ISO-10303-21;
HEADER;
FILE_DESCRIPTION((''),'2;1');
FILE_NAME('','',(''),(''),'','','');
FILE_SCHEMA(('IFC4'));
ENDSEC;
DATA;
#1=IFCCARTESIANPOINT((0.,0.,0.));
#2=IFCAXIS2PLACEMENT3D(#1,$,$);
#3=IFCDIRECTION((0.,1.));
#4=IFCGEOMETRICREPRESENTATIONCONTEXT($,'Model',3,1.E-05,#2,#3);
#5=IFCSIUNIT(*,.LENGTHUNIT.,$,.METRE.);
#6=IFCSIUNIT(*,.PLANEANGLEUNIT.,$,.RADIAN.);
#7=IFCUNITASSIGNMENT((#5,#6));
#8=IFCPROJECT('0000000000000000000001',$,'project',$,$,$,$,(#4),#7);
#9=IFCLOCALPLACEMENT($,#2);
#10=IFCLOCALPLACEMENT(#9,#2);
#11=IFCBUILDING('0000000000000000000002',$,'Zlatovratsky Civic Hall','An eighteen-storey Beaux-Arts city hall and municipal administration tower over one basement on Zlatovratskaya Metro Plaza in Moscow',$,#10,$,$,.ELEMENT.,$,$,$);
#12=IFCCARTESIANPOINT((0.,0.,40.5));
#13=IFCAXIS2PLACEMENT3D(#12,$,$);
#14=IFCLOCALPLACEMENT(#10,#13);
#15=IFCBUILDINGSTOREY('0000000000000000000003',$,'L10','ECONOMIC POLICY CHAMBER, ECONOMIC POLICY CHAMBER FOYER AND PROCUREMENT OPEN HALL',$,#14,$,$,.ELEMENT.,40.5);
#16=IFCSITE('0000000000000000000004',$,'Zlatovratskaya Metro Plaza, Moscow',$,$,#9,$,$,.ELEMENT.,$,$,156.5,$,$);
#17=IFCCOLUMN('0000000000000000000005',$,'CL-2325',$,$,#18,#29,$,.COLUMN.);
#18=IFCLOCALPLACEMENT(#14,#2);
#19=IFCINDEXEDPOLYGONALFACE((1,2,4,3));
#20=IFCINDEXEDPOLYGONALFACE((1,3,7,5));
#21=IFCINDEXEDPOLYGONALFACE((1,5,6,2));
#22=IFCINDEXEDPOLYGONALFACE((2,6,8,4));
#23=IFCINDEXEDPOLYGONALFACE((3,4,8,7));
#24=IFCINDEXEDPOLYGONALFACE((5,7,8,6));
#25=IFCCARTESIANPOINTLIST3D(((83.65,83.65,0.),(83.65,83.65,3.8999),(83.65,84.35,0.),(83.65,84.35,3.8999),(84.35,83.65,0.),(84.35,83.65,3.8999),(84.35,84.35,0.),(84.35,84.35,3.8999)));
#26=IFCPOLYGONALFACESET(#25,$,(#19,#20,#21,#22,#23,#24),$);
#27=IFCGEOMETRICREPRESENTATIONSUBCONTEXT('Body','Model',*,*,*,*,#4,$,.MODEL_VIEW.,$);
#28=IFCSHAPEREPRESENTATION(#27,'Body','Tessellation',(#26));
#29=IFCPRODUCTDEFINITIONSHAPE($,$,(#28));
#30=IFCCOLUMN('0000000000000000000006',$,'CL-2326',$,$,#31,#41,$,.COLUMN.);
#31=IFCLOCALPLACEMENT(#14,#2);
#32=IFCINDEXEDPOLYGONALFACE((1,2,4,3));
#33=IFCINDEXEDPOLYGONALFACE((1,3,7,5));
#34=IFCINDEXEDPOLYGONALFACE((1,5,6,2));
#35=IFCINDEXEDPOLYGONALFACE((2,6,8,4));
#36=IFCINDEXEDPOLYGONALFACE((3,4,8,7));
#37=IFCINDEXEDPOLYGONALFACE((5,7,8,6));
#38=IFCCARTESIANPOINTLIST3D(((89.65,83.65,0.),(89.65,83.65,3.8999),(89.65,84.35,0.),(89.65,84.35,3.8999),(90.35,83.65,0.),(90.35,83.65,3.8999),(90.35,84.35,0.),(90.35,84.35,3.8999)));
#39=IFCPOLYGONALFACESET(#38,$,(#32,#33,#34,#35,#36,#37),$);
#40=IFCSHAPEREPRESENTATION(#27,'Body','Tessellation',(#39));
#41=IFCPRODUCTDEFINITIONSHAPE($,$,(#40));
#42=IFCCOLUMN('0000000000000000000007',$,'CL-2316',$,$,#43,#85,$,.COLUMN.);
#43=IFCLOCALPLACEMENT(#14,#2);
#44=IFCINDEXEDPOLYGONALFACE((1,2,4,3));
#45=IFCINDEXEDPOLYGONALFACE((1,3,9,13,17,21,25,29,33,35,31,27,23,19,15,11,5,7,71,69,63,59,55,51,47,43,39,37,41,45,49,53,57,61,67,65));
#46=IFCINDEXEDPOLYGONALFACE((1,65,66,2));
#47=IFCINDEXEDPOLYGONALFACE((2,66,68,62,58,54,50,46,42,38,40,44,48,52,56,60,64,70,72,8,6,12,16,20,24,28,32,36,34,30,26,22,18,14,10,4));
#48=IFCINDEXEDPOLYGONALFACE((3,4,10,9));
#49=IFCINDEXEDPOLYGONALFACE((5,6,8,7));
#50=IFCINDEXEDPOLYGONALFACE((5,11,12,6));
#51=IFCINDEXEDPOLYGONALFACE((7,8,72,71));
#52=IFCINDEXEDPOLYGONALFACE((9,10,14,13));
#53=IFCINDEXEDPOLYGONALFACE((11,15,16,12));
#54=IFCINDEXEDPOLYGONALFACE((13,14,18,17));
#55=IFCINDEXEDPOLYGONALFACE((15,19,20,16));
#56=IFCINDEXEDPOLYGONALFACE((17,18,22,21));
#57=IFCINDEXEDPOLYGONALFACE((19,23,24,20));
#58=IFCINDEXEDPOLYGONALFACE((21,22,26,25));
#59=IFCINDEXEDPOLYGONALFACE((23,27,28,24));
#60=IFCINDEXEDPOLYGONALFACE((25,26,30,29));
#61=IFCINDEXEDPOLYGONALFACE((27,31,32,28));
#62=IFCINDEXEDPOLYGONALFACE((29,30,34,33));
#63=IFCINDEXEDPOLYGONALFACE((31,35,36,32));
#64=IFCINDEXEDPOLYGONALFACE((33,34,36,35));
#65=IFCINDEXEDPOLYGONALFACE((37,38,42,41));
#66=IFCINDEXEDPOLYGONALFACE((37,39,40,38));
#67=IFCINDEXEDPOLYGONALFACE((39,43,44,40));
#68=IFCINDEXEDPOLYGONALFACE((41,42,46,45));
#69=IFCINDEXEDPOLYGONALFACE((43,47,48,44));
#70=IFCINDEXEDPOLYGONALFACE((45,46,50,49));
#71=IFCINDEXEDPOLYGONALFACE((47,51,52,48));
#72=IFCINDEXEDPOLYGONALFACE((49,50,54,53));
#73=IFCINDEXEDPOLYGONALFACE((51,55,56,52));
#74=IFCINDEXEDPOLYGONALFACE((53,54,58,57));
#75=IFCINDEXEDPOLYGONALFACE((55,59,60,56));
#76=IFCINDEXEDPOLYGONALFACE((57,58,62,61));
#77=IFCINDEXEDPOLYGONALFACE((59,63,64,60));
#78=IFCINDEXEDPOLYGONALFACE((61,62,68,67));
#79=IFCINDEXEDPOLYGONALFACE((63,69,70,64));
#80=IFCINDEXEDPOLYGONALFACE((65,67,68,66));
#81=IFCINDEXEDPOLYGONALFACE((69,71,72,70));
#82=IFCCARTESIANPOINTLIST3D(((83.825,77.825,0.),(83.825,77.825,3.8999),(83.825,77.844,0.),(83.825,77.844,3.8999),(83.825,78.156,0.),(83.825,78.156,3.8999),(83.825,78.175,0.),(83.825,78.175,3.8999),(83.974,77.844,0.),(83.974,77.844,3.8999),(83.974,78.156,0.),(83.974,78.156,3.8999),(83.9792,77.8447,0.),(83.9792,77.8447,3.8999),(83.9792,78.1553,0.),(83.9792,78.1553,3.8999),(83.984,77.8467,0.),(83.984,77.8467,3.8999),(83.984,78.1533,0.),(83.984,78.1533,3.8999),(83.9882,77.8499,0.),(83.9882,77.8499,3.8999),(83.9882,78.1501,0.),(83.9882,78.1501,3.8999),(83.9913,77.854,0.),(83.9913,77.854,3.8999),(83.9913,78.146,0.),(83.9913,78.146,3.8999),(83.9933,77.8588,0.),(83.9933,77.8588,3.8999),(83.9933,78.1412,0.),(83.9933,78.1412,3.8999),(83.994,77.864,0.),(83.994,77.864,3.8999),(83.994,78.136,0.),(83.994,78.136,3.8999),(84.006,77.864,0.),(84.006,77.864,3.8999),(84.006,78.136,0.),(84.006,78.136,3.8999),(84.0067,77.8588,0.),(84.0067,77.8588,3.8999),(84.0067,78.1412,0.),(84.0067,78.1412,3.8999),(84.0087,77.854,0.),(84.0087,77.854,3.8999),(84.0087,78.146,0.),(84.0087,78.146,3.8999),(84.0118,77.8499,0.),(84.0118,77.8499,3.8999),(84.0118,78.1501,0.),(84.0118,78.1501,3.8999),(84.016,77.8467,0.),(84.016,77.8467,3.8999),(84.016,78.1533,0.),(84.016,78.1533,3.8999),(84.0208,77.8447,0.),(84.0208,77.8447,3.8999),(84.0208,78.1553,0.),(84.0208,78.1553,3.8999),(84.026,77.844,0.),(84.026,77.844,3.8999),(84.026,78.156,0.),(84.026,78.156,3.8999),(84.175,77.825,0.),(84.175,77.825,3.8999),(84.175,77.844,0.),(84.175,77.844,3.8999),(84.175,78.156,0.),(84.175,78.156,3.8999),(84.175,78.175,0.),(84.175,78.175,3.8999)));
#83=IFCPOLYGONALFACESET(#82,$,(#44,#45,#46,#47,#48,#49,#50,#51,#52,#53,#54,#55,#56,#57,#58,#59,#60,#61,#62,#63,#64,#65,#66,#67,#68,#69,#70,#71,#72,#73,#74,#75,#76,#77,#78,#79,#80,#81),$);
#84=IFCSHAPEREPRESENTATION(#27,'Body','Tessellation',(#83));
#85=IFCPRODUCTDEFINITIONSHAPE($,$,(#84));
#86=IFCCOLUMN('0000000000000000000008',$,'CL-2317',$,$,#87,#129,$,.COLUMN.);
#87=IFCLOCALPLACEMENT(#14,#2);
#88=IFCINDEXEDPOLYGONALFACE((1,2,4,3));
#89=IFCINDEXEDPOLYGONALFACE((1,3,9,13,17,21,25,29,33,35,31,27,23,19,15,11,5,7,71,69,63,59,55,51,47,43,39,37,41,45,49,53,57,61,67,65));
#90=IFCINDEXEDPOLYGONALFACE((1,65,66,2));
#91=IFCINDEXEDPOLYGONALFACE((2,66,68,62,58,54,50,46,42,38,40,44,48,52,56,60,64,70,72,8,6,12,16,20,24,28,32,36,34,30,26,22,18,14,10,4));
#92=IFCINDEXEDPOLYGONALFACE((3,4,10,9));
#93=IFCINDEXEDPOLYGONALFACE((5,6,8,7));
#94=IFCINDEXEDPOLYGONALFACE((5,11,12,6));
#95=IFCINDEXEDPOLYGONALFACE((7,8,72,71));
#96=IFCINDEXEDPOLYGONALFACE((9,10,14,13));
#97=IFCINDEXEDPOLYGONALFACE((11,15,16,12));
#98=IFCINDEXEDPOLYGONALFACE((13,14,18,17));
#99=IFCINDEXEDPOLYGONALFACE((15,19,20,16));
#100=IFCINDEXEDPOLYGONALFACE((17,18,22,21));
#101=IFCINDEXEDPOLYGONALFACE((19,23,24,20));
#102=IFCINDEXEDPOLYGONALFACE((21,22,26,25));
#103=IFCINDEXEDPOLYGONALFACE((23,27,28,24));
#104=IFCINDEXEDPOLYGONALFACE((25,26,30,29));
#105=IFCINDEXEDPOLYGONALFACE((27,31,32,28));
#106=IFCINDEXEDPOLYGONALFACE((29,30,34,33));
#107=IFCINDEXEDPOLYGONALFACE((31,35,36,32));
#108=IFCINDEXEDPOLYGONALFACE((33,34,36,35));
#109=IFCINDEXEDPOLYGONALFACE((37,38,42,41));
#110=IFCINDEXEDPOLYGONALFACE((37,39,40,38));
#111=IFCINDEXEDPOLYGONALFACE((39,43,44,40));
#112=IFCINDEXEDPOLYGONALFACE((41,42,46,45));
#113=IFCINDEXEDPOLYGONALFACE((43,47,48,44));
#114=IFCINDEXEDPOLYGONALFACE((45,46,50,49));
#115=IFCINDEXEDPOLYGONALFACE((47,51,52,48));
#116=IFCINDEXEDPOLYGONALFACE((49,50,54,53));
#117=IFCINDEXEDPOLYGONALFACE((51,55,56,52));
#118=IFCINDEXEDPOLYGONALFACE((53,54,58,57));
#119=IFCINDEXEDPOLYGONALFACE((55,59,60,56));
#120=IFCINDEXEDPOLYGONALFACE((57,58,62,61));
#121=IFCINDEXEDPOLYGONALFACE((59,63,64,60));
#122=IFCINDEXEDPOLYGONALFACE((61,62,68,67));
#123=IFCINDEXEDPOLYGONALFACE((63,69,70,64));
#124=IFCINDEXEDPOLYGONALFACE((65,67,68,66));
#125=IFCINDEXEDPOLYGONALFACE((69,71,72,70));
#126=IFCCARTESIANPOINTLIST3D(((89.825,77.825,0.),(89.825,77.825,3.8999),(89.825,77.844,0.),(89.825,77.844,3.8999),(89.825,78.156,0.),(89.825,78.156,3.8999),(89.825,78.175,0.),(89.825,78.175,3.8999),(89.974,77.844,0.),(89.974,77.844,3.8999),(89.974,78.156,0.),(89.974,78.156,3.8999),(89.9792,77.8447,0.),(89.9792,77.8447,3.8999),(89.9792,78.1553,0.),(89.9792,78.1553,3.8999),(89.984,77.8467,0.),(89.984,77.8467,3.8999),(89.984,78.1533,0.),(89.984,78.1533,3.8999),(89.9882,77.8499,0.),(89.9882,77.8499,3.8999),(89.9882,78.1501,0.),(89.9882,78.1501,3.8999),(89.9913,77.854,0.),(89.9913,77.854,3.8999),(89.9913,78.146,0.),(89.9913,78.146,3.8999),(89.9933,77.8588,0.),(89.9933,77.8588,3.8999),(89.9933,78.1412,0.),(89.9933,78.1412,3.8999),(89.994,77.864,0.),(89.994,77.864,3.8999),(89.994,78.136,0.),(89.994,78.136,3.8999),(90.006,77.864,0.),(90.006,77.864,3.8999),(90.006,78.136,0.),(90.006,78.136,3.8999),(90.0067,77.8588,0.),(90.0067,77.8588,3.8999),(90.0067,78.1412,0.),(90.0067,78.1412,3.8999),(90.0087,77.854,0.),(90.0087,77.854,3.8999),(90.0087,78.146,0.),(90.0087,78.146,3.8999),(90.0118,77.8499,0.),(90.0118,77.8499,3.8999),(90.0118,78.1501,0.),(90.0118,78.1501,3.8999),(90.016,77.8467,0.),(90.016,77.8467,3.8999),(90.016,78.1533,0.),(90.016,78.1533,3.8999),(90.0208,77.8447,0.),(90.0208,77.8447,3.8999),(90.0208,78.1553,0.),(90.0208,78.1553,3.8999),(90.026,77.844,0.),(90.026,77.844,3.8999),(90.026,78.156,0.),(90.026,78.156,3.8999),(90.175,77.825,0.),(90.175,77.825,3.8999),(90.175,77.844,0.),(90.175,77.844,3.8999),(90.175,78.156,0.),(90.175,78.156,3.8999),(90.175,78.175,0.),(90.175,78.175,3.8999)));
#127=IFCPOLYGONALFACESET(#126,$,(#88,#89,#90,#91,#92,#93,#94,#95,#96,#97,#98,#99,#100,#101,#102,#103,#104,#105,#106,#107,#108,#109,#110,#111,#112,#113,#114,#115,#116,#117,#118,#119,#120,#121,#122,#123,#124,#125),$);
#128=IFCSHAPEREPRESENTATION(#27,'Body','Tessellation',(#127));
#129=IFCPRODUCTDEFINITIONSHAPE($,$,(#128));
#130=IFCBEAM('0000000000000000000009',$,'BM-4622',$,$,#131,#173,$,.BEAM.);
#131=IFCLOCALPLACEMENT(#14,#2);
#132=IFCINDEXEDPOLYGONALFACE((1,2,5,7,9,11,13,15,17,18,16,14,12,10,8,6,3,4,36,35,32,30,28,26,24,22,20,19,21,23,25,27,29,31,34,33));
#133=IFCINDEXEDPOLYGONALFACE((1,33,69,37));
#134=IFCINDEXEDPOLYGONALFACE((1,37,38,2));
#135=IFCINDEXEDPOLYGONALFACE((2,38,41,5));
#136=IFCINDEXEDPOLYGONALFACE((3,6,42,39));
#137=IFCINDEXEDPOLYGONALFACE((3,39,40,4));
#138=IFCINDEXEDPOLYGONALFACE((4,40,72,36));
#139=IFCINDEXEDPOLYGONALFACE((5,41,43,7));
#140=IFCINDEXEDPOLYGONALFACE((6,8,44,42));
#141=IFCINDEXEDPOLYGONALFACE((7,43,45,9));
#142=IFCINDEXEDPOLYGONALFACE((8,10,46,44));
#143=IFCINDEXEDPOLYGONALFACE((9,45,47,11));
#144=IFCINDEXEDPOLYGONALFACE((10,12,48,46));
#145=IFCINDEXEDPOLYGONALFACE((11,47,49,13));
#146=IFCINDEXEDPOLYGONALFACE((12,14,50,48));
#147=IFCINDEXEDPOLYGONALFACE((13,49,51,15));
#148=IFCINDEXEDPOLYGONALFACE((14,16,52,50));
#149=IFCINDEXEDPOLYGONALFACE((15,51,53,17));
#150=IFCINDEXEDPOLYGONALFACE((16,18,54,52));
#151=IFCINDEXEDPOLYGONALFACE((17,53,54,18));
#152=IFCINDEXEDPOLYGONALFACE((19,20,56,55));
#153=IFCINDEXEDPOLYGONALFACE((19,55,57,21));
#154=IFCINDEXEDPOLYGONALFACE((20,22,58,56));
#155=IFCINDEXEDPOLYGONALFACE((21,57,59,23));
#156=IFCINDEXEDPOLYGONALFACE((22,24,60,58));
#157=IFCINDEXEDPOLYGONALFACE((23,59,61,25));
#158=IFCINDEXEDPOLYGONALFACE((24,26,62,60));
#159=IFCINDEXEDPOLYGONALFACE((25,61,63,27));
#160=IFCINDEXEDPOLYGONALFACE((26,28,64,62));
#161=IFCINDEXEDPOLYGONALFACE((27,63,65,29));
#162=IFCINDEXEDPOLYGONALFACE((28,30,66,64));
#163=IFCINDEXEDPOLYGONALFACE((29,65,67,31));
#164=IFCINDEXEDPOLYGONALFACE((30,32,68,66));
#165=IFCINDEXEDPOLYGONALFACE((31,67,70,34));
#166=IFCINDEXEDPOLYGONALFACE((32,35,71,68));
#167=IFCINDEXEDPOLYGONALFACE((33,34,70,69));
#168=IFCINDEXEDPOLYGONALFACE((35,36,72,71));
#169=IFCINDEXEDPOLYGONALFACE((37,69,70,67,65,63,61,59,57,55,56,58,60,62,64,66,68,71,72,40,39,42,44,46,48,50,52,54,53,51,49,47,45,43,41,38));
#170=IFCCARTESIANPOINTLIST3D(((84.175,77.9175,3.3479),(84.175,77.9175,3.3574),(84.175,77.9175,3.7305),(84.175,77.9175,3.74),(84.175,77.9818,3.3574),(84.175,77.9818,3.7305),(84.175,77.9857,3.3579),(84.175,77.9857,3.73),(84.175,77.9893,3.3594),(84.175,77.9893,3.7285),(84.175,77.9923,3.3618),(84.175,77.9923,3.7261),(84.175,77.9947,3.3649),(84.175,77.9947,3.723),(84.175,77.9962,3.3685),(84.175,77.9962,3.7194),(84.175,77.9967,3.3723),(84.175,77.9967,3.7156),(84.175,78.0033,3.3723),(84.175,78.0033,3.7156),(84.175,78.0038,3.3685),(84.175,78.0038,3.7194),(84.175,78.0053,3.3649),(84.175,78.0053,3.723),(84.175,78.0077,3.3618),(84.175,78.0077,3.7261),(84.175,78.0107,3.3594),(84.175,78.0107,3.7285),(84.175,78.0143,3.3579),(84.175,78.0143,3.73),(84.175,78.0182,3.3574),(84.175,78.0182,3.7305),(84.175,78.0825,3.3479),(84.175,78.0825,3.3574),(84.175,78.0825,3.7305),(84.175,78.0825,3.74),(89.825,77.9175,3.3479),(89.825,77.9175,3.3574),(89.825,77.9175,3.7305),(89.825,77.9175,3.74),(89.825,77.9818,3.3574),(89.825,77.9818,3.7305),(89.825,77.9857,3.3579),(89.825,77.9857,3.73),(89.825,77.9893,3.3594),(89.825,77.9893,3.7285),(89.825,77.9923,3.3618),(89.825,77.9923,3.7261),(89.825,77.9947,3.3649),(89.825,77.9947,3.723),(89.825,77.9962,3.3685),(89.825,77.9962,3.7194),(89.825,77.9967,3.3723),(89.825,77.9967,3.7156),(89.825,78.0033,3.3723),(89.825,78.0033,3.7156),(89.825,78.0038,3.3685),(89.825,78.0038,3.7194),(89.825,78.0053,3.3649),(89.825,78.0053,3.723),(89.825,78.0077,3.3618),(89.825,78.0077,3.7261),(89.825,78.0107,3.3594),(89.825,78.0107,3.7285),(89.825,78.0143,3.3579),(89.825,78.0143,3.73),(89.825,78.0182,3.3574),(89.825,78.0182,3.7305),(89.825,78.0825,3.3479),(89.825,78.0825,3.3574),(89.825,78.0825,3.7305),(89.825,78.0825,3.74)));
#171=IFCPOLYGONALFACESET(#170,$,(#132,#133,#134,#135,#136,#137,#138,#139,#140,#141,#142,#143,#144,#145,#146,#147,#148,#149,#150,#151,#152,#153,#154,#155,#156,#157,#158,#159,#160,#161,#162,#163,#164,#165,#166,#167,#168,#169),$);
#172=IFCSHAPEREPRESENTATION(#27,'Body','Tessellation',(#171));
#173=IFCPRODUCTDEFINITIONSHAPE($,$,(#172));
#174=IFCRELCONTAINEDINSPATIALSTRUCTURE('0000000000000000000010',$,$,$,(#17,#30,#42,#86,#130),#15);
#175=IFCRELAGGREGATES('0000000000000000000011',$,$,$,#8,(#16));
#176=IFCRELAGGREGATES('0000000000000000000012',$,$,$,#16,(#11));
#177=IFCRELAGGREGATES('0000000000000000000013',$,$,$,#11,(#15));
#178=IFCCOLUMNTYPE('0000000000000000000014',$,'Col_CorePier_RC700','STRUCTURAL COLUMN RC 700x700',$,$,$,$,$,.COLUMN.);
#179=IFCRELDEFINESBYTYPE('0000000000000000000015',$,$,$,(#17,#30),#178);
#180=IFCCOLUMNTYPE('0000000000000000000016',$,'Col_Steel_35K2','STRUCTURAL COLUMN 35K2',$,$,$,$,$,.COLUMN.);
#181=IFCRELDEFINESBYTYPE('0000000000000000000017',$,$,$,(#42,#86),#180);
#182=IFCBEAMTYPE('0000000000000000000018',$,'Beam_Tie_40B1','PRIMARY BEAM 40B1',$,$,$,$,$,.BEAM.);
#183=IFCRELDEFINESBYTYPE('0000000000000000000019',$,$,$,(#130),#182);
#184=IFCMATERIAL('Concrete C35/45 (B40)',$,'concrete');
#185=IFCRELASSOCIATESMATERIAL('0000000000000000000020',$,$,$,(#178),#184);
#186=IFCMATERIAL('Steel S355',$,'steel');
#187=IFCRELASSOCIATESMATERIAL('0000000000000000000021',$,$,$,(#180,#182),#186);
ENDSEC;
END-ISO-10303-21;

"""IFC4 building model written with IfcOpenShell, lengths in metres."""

from ifc_helpers import new_model, si_unit, direction, frame, origin, origin_2d, place, context, subcontext, project, spatial, rectangle, i_section, extrude, material, material_profile, profile_set, type_object, element, save


model = new_model("IFC4")

# Units and contexts
model_context = context("Model", 3, precision=1e-05, world=origin(), true_north=direction((0.0, 1.0)))
body_context = subcontext(model_context, "Body", "Model", "MODEL_VIEW")
ifc_project = project(units=[si_unit("LENGTHUNIT", "METRE"), si_unit("PLANEANGLEUNIT", "RADIAN")], contexts=[model_context])

# Site, building, storey
site_placement = place(None, origin())
site = spatial("IfcSite", under=ifc_project, at=site_placement, Name="Zlatovratskaya Metro Plaza, Moscow", CompositionType="ELEMENT", RefElevation=156.5)
building_placement = place(site_placement, origin())
building = spatial("IfcBuilding", under=site, at=building_placement, Name="Zlatovratsky Civic Hall", Description="An eighteen-storey Beaux-Arts city hall and municipal administration tower over one basement on Zlatovratskaya Metro Plaza in Moscow", CompositionType="ELEMENT")
storey_placement = place(building_placement, frame((0.0, 0.0, 40.5)))
storey = spatial("IfcBuildingStorey", under=building, at=storey_placement, Name="L10", Description="ECONOMIC POLICY CHAMBER, ECONOMIC POLICY CHAMBER FOYER AND PROCUREMENT OPEN HALL", CompositionType="ELEMENT", Elevation=40.5)

# Columns
ifc_material_1 = material(Name="Concrete C35/45 (B40)", Category="concrete")
ifc_material_profile_1 = material_profile(ifc_material_1, rectangle(XDim=0.7, YDim=0.7, at=origin_2d()), Name="RC 700x700")
ifc_profile_set_1 = profile_set([ifc_material_profile_1], Name="Concrete C35/45 (B40)")
column_type_1 = type_object("IfcColumnType", Name="Col_CorePier_RC700", Description="STRUCTURAL COLUMN RC 700x700", PredefinedType="COLUMN", material=ifc_profile_set_1)
for number, where, z_axis, x_axis, name in (
    (1, (84.0, 84.0, 0.0), (0.0, 0.0, 1.0), (1.0, 0.0, 0.0), "CL-2325"),
    (2, (90.0, 84.0, 0.0), (0.0, 0.0, 1.0), (1.0, 0.0, 0.0), "CL-2326"),
):
    element("IfcColumn", number, at=place(storey_placement, frame(where, z_axis=z_axis, x_axis=x_axis)), inside=storey, type_object=column_type_1, Name=name, PredefinedType="COLUMN", context=body_context, shape_type="SweptSolid", body=[
        extrude(rectangle(XDim=0.7, YDim=0.7, at=origin_2d()), origin(), (0.0, 0.0, 1.0), 3.8999),
    ])
ifc_material_2 = material(Name="Steel S355", Category="steel")
ifc_material_profile_2 = material_profile(ifc_material_2, i_section(OverallWidth=0.3501, OverallDepth=0.3501, WebThickness=0.012, FlangeThickness=0.019, FilletRadius=0.02, at=origin_2d()), Name="35K2")
ifc_profile_set_2 = profile_set([ifc_material_profile_2], Name="Steel S355")
column_type_2 = type_object("IfcColumnType", Name="Col_Steel_35K2", Description="STRUCTURAL COLUMN 35K2", PredefinedType="COLUMN", material=ifc_profile_set_2)
for number, where, z_axis, x_axis, name in (
    (3, (84.0, 78.0, 0.0), (0.0, 0.0, 1.0), (1.0, 0.0, 0.0), "CL-2316"),
    (4, (90.0, 78.0, 0.0), (0.0, 0.0, 1.0), (1.0, 0.0, 0.0), "CL-2317"),
):
    element("IfcColumn", number, at=place(storey_placement, frame(where, z_axis=z_axis, x_axis=x_axis)), inside=storey, type_object=column_type_2, Name=name, PredefinedType="COLUMN", context=body_context, shape_type="SweptSolid", body=[
        extrude(i_section(OverallWidth=0.3501, OverallDepth=0.3501, WebThickness=0.012, FlangeThickness=0.019, FilletRadius=0.02, at=origin_2d()), origin(), (0.0, 0.0, 1.0), 3.8999),
    ])

# Beam
ifc_material_profile_3 = material_profile(ifc_material_2, i_section(OverallWidth=0.165, OverallDepth=0.3921, WebThickness=0.0066, FlangeThickness=0.0095, FilletRadius=0.0149, at=origin_2d()), Name="40B1")
ifc_profile_set_3 = profile_set([ifc_material_profile_3], Name="Steel S355")
beam_type = type_object("IfcBeamType", Name="Beam_Tie_40B1", Description="PRIMARY BEAM 40B1", PredefinedType="BEAM", material=ifc_profile_set_3)
for number, where, z_axis, x_axis, name in (
    (5, (84.175, 78.0, 3.5439), (1.0, 0.0, 0.0), (0.0, 1.0, 0.0), "BM-4622"),
):
    element("IfcBeam", number, at=place(storey_placement, frame(where, z_axis=z_axis, x_axis=x_axis)), inside=storey, type_object=beam_type, Name=name, PredefinedType="BEAM", context=body_context, shape_type="SweptSolid", body=[
        extrude(i_section(OverallWidth=0.165, OverallDepth=0.3921, WebThickness=0.0066, FlangeThickness=0.0095, FilletRadius=0.0149, at=origin_2d()), origin(), (0.0, 0.0, 1.0), 5.6499),
    ])

save(model, "model.ifc")
